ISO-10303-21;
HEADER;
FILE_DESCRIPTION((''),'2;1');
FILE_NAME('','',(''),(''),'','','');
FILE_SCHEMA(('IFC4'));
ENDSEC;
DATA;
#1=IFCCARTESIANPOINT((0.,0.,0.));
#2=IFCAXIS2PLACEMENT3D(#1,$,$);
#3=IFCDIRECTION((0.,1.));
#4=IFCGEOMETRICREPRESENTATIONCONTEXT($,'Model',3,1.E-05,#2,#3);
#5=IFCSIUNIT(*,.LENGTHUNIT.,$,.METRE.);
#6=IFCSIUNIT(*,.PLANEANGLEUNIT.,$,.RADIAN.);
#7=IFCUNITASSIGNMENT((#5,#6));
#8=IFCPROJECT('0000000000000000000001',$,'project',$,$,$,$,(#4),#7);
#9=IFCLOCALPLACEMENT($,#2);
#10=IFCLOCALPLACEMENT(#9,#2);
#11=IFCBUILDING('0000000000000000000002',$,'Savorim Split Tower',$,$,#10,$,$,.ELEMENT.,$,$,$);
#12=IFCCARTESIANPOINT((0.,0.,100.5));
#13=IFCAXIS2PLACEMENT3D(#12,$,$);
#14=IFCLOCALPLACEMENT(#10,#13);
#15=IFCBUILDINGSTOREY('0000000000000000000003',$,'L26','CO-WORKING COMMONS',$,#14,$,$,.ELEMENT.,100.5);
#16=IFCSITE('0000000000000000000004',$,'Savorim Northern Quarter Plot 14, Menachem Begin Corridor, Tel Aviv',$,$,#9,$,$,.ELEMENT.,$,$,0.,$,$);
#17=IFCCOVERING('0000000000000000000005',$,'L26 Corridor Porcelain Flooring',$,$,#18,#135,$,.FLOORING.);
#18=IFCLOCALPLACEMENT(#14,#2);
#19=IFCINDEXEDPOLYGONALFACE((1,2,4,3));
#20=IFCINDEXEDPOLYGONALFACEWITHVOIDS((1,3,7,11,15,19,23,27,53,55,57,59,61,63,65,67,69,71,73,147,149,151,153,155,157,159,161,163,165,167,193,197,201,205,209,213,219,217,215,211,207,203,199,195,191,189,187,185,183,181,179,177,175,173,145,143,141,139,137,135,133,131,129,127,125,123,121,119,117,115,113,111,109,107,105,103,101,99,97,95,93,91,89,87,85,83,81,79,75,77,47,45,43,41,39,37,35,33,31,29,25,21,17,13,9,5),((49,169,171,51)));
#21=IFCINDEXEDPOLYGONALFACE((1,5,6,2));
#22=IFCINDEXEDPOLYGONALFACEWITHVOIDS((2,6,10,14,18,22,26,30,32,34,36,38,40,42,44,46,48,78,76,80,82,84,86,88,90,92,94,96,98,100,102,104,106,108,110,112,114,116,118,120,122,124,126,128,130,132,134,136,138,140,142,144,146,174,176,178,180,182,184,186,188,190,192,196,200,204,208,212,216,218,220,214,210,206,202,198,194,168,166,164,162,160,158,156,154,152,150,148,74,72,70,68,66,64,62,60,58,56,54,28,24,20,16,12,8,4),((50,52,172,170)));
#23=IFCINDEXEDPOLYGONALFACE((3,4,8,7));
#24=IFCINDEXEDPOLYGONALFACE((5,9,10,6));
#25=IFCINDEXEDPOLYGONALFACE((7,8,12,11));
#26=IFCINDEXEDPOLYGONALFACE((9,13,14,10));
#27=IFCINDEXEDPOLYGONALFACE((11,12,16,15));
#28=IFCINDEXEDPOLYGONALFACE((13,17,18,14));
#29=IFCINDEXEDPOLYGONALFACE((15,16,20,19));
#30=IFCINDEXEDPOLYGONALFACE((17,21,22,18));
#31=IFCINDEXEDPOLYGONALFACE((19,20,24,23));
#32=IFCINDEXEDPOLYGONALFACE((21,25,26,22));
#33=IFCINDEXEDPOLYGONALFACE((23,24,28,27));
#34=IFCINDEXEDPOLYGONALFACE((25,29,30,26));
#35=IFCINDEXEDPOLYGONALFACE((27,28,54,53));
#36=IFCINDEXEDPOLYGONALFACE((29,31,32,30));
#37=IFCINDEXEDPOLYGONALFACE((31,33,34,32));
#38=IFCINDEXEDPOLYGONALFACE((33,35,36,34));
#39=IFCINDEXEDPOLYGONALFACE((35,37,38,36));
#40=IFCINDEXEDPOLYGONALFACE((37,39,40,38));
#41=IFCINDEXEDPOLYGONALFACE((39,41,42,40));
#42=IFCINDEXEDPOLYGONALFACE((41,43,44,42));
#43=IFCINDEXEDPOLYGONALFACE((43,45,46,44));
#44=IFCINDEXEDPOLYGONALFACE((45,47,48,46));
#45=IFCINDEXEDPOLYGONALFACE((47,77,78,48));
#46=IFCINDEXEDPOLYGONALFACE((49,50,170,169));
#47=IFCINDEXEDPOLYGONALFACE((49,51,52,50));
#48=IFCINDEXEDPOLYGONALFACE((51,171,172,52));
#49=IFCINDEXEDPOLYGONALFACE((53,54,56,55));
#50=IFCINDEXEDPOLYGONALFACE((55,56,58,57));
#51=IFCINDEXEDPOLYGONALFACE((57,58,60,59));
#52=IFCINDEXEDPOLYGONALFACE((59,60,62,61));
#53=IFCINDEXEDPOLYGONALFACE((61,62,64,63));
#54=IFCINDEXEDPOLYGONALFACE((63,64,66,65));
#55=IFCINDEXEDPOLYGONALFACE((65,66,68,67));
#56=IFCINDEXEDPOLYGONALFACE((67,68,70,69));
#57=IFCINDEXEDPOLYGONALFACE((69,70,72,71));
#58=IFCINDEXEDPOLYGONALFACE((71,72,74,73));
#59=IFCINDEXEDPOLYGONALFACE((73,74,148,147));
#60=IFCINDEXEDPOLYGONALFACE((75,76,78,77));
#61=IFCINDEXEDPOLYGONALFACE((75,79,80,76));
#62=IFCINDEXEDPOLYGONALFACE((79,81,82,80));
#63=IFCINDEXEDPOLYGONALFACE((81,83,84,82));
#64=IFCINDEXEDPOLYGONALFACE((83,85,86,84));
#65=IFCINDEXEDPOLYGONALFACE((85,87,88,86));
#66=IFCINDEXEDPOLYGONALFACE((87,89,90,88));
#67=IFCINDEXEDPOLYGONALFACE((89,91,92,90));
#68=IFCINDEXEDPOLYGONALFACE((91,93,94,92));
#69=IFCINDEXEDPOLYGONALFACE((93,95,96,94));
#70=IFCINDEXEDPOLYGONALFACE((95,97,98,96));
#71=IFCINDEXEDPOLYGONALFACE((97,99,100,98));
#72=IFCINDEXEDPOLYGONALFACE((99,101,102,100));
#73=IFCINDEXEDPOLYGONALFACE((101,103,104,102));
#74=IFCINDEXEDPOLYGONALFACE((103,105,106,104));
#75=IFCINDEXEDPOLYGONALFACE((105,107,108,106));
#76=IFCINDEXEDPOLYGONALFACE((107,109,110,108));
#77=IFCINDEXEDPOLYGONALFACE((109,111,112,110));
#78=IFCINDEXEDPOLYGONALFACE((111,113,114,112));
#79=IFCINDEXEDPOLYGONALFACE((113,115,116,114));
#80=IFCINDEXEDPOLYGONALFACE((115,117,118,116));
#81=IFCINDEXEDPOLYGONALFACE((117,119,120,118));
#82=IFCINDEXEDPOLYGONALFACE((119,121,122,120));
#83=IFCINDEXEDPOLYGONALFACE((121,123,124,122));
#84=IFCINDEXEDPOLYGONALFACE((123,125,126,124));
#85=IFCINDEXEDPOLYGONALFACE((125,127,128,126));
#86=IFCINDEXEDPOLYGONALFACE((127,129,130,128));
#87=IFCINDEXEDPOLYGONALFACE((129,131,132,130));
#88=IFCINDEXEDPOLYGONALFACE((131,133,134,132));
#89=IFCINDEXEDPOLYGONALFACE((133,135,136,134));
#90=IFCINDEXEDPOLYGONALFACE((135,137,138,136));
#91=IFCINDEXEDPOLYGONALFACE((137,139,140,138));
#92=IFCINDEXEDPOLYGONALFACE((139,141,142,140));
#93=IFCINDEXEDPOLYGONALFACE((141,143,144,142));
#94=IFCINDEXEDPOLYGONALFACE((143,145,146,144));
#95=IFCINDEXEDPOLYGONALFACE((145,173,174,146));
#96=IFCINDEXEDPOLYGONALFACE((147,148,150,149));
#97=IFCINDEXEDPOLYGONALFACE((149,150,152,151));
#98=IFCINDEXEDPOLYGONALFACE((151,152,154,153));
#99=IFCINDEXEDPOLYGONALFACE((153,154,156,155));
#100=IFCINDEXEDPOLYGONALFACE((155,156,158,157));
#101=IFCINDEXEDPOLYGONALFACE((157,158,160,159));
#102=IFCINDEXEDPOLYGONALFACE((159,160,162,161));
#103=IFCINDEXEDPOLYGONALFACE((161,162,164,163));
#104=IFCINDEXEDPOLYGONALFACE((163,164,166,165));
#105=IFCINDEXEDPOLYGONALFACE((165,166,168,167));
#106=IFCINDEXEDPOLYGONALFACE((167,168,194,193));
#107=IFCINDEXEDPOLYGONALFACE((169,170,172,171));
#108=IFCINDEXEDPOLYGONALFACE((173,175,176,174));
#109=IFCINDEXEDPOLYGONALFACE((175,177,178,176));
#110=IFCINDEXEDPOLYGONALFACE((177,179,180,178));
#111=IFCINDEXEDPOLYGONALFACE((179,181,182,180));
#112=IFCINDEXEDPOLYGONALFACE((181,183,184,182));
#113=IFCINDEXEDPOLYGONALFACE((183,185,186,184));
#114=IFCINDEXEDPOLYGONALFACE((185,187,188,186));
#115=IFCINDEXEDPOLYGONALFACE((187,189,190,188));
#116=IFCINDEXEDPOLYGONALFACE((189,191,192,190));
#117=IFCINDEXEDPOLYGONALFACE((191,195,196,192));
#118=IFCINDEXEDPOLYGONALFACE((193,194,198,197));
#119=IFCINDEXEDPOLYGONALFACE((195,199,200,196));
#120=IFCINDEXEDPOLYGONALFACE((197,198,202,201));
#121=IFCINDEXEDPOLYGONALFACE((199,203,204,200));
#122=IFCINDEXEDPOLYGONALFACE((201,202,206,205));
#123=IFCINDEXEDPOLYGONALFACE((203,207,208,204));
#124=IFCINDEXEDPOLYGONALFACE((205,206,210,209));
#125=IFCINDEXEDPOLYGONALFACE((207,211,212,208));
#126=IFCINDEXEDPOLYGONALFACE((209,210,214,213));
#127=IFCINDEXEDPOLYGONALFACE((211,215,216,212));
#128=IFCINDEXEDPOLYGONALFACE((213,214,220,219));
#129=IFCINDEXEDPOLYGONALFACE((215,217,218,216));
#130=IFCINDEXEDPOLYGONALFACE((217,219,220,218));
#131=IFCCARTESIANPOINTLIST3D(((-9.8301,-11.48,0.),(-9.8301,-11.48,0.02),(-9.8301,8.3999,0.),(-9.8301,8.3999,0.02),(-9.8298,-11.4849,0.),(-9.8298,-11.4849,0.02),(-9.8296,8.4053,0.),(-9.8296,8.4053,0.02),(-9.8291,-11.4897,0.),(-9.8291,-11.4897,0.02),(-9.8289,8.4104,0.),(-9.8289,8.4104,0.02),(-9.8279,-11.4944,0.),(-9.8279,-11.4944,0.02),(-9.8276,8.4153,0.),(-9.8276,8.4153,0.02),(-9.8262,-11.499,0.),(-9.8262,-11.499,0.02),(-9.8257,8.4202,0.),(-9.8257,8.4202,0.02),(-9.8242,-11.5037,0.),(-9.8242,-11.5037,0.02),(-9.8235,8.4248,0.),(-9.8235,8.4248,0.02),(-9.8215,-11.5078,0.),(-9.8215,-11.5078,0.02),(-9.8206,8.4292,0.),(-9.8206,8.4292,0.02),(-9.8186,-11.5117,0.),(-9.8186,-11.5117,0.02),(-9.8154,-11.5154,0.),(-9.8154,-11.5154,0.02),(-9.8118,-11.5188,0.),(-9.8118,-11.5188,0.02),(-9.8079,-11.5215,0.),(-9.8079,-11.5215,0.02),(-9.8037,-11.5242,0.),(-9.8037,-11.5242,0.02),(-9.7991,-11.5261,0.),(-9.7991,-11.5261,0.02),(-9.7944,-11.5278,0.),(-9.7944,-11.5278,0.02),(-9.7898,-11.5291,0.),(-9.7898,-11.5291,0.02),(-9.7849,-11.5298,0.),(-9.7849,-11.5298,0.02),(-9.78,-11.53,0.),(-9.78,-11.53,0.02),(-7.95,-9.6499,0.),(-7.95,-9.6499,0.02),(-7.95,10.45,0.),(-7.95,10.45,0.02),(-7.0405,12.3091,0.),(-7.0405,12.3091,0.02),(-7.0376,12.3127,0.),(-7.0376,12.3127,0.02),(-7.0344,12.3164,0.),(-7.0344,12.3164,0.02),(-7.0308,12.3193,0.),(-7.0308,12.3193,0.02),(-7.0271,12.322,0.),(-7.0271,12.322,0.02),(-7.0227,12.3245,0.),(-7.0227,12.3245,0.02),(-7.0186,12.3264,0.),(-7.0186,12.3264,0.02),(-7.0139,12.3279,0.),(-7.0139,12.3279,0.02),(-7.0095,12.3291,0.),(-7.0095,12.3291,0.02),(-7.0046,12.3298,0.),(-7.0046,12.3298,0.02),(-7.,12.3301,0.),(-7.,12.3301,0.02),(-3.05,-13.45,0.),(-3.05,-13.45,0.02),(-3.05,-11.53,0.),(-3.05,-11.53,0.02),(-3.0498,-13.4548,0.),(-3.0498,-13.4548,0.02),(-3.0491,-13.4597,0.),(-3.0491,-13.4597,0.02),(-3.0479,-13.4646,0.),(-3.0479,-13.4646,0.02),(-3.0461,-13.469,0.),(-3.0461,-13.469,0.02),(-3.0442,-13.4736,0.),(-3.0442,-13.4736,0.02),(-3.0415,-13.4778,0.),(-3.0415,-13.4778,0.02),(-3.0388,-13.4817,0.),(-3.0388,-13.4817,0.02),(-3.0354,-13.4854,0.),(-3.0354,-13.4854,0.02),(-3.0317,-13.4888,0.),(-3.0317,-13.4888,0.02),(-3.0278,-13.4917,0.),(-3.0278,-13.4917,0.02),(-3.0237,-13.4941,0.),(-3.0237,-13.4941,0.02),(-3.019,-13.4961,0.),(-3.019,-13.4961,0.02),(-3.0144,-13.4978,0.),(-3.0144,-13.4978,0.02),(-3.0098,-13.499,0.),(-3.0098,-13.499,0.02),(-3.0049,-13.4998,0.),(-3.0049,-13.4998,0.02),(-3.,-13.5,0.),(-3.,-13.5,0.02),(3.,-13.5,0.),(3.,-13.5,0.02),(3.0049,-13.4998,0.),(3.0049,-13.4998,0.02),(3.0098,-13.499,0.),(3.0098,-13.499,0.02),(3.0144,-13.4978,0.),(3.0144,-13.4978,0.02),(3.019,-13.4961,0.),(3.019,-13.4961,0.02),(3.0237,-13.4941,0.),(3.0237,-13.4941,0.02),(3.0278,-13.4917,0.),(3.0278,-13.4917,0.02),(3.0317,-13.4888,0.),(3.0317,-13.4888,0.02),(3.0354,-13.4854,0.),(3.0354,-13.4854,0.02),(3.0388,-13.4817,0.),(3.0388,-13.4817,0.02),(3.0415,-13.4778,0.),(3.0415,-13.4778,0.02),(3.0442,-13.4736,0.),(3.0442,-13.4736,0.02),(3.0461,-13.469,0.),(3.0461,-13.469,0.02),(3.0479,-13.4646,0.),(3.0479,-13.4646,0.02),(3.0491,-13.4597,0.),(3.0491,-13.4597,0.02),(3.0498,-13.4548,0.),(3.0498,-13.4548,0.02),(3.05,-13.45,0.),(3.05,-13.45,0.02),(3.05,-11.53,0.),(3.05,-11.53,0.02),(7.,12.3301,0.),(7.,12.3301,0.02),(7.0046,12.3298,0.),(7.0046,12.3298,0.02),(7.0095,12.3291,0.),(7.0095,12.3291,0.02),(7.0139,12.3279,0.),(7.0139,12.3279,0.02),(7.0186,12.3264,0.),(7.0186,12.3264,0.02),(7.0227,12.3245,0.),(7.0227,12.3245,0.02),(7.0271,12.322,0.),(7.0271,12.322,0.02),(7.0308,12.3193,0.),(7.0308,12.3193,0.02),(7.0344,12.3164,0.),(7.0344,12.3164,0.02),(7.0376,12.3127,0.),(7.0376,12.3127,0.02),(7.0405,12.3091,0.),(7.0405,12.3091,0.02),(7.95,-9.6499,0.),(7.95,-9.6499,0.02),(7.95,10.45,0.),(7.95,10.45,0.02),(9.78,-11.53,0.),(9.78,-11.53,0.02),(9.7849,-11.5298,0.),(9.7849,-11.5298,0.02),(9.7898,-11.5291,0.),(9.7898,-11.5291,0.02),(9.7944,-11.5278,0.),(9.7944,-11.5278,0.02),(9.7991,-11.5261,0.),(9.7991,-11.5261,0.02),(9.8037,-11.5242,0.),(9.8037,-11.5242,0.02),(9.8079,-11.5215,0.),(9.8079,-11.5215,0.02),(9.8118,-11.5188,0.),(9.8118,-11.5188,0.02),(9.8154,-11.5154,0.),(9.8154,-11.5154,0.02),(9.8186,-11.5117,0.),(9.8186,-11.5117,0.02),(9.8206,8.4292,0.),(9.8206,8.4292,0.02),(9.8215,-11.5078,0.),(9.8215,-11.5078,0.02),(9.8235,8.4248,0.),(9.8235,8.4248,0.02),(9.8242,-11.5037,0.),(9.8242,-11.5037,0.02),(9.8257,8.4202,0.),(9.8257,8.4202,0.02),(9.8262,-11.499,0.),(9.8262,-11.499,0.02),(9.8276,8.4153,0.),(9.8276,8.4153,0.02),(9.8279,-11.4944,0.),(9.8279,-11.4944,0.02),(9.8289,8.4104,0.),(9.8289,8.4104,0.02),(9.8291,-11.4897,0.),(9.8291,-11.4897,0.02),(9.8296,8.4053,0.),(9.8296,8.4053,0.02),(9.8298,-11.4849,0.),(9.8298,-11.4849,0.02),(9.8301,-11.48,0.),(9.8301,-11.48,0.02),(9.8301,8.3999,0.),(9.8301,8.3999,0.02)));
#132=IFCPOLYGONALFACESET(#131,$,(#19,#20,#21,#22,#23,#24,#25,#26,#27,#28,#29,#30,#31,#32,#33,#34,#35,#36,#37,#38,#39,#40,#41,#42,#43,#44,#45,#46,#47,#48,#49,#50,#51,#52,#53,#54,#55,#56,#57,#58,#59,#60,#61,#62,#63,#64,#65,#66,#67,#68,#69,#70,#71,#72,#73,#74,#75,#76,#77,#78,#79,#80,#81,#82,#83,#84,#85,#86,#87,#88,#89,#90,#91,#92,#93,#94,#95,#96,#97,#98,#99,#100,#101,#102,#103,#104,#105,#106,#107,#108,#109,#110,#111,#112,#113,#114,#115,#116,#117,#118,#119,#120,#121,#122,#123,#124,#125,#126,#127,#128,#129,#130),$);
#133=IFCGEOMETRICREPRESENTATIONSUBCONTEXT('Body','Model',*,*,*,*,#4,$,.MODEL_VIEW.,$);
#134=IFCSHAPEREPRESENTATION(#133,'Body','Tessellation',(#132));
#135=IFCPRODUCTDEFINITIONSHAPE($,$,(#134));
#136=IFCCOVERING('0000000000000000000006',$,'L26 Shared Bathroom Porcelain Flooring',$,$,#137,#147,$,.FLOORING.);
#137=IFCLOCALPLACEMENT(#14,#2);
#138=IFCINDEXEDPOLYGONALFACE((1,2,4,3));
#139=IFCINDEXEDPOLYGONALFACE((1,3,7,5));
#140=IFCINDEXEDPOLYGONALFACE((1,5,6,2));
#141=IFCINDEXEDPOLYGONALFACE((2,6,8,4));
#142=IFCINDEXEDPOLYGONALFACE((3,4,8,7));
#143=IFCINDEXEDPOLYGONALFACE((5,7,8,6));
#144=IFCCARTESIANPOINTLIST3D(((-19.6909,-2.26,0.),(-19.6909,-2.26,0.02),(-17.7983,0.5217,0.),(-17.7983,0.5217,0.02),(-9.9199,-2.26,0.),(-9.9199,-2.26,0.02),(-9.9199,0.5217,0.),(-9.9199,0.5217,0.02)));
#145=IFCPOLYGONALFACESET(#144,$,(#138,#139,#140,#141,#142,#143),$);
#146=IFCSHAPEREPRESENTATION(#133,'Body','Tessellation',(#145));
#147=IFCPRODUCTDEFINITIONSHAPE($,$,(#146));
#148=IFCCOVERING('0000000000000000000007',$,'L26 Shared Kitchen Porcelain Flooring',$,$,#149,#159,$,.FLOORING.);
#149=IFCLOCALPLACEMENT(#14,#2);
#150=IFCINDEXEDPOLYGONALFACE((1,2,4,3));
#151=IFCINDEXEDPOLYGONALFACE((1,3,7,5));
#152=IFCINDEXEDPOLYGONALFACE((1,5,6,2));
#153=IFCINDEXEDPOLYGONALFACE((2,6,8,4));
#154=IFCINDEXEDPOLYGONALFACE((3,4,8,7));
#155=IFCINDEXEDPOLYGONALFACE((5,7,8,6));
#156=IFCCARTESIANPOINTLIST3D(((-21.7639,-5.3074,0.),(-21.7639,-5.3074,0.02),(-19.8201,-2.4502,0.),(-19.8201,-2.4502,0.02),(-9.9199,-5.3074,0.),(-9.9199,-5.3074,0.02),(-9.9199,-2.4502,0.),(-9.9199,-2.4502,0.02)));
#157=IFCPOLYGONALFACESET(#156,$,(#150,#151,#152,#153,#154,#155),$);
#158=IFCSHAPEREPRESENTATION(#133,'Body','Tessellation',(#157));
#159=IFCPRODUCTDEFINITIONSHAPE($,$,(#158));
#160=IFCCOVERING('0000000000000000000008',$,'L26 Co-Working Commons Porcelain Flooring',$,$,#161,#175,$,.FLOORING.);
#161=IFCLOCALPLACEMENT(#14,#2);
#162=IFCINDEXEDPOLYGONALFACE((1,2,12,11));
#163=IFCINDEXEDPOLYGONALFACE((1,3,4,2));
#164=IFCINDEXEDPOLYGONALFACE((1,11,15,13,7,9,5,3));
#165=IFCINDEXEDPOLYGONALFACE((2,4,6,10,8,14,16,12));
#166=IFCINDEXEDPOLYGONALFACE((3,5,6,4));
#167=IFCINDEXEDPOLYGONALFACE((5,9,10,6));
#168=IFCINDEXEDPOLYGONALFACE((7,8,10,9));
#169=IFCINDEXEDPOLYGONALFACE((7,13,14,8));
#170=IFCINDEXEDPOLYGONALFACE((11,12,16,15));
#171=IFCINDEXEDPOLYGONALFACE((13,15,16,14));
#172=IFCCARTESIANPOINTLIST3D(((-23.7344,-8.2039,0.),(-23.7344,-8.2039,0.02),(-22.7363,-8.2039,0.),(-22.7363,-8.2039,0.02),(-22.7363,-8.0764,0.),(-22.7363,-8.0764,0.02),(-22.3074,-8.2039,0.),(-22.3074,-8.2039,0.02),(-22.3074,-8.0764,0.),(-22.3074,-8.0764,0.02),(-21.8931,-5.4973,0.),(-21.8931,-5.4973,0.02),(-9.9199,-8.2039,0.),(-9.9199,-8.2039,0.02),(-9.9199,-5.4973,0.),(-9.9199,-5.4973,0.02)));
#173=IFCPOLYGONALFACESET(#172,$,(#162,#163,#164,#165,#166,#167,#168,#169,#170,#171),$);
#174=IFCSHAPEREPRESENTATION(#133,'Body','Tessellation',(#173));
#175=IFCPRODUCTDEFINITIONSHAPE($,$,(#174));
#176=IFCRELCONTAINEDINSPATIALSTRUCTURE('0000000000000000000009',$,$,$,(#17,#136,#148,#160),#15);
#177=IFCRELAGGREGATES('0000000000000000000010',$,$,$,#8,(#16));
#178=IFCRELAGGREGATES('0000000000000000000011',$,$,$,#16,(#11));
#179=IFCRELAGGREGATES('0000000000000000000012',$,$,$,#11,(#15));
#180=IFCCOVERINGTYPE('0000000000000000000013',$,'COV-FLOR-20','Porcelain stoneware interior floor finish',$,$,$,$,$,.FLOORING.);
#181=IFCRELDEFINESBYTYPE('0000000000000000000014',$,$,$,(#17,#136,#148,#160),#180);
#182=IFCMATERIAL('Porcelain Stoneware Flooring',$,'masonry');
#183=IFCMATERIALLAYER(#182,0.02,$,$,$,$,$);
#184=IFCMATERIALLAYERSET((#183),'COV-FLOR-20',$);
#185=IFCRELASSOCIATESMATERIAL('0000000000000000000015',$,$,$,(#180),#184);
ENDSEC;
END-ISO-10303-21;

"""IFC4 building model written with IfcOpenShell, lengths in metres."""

from ifc_helpers import new_model, si_unit, direction, frame, origin, place, context, subcontext, project, spatial, polyline, outline, extrude, material, layer, layer_set, type_object, element, save


model = new_model("IFC4")

# Units and contexts
model_context = context("Model", 3, precision=1e-05, world=origin(), true_north=direction((0.0, 1.0)))
body_context = subcontext(model_context, "Body", "Model", "MODEL_VIEW")
ifc_project = project(units=[si_unit("LENGTHUNIT", "METRE"), si_unit("PLANEANGLEUNIT", "RADIAN")], contexts=[model_context])

# Site, building, storey
site_placement = place(None, origin())
site = spatial("IfcSite", under=ifc_project, at=site_placement, Name="Savorim Northern Quarter Plot 14, Menachem Begin Corridor, Tel Aviv", CompositionType="ELEMENT", RefElevation=0.0)
building_placement = place(site_placement, origin())
building = spatial("IfcBuilding", under=site, at=building_placement, Name="Savorim Split Tower", CompositionType="ELEMENT")
storey_placement = place(building_placement, frame((0.0, 0.0, 100.5)))
storey = spatial("IfcBuildingStorey", under=building, at=storey_placement, Name="L26", Description="CO-WORKING COMMONS", CompositionType="ELEMENT", Elevation=100.5)

# Coverings
ifc_material_1 = material(Name="Porcelain Stoneware Flooring", Category="masonry")
ifc_layer_1 = layer(ifc_material_1, 0.02)
ifc_layer_set_1 = layer_set([ifc_layer_1], Name="COV-FLOR-20")
covering_type_1 = type_object("IfcCoveringType", Name="COV-FLOR-20", Description="Porcelain stoneware interior floor finish", PredefinedType="FLOORING", material=ifc_layer_set_1)
covering_1_placement = place(storey_placement, origin())
element("IfcCovering", 1, at=covering_1_placement, inside=storey, type_object=covering_type_1, Name="L26 Corridor Porcelain Flooring", PredefinedType="FLOORING", context=body_context, shape_type="SweptSolid", body=[
    extrude(outline(polyline([(7.0095, 12.3291), (7.0046, 12.3298), (7.0, 12.3301), (-7.0, 12.3301), (-7.0046, 12.3298), (-7.0095, 12.3291), (-7.0139, 12.3279), (-7.0186, 12.3264), (-7.0227, 12.3245), (-7.0271, 12.322), (-7.0308, 12.3193), (-7.0344, 12.3164), (-7.0376, 12.3127), (-7.0405, 12.3091), (-9.8206, 8.4292), (-9.8235, 8.4248), (-9.8257, 8.4202), (-9.8276, 8.4153), (-9.8289, 8.4104), (-9.8296, 8.4053), (-9.8301, 8.3999), (-9.8301, -11.48), (-9.8298, -11.4849), (-9.8291, -11.4897), (-9.8279, -11.4944), (-9.8262, -11.499), (-9.8242, -11.5037), (-9.8215, -11.5078), (-9.8186, -11.5117), (-9.8154, -11.5154), (-9.8118, -11.5188), (-9.8079, -11.5215), (-9.8037, -11.5242), (-9.7991, -11.5261), (-9.7944, -11.5278), (-9.7898, -11.5291), (-9.7849, -11.5298), (-9.78, -11.53), (-3.05, -11.53), (-3.05, -13.45), (-3.0498, -13.4548), (-3.0491, -13.4597), (-3.0479, -13.4646), (-3.0461, -13.469), (-3.0442, -13.4736), (-3.0415, -13.4778), (-3.0388, -13.4817), (-3.0354, -13.4854), (-3.0317, -13.4888), (-3.0278, -13.4917), (-3.0237, -13.4941), (-3.019, -13.4961), (-3.0144, -13.4978), (-3.0098, -13.499), (-3.0049, -13.4998), (-3.0, -13.5), (3.0, -13.5), (3.0049, -13.4998), (3.0098, -13.499), (3.0144, -13.4978), (3.019, -13.4961), (3.0237, -13.4941), (3.0278, -13.4917), (3.0317, -13.4888), (3.0354, -13.4854), (3.0388, -13.4817), (3.0415, -13.4778), (3.0442, -13.4736), (3.0461, -13.469), (3.0479, -13.4646), (3.0491, -13.4597), (3.0498, -13.4548), (3.05, -13.45), (3.05, -11.53), (9.78, -11.53), (9.7849, -11.5298), (9.7898, -11.5291), (9.7944, -11.5278), (9.7991, -11.5261), (9.8037, -11.5242), (9.8079, -11.5215), (9.8118, -11.5188), (9.8154, -11.5154), (9.8186, -11.5117), (9.8215, -11.5078), (9.8242, -11.5037), (9.8262, -11.499), (9.8279, -11.4944), (9.8291, -11.4897), (9.8298, -11.4849), (9.8301, -11.48), (9.8301, 8.3999), (9.8296, 8.4053), (9.8289, 8.4104), (9.8276, 8.4153), (9.8257, 8.4202), (9.8235, 8.4248), (9.8206, 8.4292), (7.0405, 12.3091), (7.0376, 12.3127), (7.0344, 12.3164), (7.0308, 12.3193), (7.0271, 12.322), (7.0227, 12.3245), (7.0186, 12.3264), (7.0139, 12.3279), (7.0095, 12.3291)]), holes=[polyline([(-7.95, 10.45), (-7.95, -9.6499), (7.95, -9.6499), (7.95, 10.45), (-7.95, 10.45)])]), origin(), (0.0, 0.0, 1.0), 0.02),
])
covering_2_placement = place(storey_placement, origin())
element("IfcCovering", 2, at=covering_2_placement, inside=storey, type_object=covering_type_1, Name="L26 Shared Bathroom Porcelain Flooring", PredefinedType="FLOORING", context=body_context, shape_type="SweptSolid", body=[
    extrude(outline(polyline([(-17.7983, 0.5217), (-19.6909, -2.26), (-9.9199, -2.26), (-9.9199, 0.5217), (-17.7983, 0.5217)])), origin(), (0.0, 0.0, 1.0), 0.02),
])
covering_3_placement = place(storey_placement, origin())
element("IfcCovering", 3, at=covering_3_placement, inside=storey, type_object=covering_type_1, Name="L26 Shared Kitchen Porcelain Flooring", PredefinedType="FLOORING", context=body_context, shape_type="SweptSolid", body=[
    extrude(outline(polyline([(-19.8201, -2.4502), (-21.7639, -5.3074), (-9.9199, -5.3074), (-9.9199, -2.4502), (-19.8201, -2.4502)])), origin(), (0.0, 0.0, 1.0), 0.02),
])
covering_4_placement = place(storey_placement, origin())
element("IfcCovering", 4, at=covering_4_placement, inside=storey, type_object=covering_type_1, Name="L26 Co-Working Commons Porcelain Flooring", PredefinedType="FLOORING", context=body_context, shape_type="SweptSolid", body=[
    extrude(outline(polyline([(-22.3074, -8.0764), (-22.3074, -8.2039), (-9.9199, -8.2039), (-9.9199, -5.4973), (-21.8931, -5.4973), (-23.7344, -8.2039), (-22.7363, -8.2039), (-22.7363, -8.0764), (-22.3074, -8.0764)])), origin(), (0.0, 0.0, 1.0), 0.02),
])

save(model, "model.ifc")
